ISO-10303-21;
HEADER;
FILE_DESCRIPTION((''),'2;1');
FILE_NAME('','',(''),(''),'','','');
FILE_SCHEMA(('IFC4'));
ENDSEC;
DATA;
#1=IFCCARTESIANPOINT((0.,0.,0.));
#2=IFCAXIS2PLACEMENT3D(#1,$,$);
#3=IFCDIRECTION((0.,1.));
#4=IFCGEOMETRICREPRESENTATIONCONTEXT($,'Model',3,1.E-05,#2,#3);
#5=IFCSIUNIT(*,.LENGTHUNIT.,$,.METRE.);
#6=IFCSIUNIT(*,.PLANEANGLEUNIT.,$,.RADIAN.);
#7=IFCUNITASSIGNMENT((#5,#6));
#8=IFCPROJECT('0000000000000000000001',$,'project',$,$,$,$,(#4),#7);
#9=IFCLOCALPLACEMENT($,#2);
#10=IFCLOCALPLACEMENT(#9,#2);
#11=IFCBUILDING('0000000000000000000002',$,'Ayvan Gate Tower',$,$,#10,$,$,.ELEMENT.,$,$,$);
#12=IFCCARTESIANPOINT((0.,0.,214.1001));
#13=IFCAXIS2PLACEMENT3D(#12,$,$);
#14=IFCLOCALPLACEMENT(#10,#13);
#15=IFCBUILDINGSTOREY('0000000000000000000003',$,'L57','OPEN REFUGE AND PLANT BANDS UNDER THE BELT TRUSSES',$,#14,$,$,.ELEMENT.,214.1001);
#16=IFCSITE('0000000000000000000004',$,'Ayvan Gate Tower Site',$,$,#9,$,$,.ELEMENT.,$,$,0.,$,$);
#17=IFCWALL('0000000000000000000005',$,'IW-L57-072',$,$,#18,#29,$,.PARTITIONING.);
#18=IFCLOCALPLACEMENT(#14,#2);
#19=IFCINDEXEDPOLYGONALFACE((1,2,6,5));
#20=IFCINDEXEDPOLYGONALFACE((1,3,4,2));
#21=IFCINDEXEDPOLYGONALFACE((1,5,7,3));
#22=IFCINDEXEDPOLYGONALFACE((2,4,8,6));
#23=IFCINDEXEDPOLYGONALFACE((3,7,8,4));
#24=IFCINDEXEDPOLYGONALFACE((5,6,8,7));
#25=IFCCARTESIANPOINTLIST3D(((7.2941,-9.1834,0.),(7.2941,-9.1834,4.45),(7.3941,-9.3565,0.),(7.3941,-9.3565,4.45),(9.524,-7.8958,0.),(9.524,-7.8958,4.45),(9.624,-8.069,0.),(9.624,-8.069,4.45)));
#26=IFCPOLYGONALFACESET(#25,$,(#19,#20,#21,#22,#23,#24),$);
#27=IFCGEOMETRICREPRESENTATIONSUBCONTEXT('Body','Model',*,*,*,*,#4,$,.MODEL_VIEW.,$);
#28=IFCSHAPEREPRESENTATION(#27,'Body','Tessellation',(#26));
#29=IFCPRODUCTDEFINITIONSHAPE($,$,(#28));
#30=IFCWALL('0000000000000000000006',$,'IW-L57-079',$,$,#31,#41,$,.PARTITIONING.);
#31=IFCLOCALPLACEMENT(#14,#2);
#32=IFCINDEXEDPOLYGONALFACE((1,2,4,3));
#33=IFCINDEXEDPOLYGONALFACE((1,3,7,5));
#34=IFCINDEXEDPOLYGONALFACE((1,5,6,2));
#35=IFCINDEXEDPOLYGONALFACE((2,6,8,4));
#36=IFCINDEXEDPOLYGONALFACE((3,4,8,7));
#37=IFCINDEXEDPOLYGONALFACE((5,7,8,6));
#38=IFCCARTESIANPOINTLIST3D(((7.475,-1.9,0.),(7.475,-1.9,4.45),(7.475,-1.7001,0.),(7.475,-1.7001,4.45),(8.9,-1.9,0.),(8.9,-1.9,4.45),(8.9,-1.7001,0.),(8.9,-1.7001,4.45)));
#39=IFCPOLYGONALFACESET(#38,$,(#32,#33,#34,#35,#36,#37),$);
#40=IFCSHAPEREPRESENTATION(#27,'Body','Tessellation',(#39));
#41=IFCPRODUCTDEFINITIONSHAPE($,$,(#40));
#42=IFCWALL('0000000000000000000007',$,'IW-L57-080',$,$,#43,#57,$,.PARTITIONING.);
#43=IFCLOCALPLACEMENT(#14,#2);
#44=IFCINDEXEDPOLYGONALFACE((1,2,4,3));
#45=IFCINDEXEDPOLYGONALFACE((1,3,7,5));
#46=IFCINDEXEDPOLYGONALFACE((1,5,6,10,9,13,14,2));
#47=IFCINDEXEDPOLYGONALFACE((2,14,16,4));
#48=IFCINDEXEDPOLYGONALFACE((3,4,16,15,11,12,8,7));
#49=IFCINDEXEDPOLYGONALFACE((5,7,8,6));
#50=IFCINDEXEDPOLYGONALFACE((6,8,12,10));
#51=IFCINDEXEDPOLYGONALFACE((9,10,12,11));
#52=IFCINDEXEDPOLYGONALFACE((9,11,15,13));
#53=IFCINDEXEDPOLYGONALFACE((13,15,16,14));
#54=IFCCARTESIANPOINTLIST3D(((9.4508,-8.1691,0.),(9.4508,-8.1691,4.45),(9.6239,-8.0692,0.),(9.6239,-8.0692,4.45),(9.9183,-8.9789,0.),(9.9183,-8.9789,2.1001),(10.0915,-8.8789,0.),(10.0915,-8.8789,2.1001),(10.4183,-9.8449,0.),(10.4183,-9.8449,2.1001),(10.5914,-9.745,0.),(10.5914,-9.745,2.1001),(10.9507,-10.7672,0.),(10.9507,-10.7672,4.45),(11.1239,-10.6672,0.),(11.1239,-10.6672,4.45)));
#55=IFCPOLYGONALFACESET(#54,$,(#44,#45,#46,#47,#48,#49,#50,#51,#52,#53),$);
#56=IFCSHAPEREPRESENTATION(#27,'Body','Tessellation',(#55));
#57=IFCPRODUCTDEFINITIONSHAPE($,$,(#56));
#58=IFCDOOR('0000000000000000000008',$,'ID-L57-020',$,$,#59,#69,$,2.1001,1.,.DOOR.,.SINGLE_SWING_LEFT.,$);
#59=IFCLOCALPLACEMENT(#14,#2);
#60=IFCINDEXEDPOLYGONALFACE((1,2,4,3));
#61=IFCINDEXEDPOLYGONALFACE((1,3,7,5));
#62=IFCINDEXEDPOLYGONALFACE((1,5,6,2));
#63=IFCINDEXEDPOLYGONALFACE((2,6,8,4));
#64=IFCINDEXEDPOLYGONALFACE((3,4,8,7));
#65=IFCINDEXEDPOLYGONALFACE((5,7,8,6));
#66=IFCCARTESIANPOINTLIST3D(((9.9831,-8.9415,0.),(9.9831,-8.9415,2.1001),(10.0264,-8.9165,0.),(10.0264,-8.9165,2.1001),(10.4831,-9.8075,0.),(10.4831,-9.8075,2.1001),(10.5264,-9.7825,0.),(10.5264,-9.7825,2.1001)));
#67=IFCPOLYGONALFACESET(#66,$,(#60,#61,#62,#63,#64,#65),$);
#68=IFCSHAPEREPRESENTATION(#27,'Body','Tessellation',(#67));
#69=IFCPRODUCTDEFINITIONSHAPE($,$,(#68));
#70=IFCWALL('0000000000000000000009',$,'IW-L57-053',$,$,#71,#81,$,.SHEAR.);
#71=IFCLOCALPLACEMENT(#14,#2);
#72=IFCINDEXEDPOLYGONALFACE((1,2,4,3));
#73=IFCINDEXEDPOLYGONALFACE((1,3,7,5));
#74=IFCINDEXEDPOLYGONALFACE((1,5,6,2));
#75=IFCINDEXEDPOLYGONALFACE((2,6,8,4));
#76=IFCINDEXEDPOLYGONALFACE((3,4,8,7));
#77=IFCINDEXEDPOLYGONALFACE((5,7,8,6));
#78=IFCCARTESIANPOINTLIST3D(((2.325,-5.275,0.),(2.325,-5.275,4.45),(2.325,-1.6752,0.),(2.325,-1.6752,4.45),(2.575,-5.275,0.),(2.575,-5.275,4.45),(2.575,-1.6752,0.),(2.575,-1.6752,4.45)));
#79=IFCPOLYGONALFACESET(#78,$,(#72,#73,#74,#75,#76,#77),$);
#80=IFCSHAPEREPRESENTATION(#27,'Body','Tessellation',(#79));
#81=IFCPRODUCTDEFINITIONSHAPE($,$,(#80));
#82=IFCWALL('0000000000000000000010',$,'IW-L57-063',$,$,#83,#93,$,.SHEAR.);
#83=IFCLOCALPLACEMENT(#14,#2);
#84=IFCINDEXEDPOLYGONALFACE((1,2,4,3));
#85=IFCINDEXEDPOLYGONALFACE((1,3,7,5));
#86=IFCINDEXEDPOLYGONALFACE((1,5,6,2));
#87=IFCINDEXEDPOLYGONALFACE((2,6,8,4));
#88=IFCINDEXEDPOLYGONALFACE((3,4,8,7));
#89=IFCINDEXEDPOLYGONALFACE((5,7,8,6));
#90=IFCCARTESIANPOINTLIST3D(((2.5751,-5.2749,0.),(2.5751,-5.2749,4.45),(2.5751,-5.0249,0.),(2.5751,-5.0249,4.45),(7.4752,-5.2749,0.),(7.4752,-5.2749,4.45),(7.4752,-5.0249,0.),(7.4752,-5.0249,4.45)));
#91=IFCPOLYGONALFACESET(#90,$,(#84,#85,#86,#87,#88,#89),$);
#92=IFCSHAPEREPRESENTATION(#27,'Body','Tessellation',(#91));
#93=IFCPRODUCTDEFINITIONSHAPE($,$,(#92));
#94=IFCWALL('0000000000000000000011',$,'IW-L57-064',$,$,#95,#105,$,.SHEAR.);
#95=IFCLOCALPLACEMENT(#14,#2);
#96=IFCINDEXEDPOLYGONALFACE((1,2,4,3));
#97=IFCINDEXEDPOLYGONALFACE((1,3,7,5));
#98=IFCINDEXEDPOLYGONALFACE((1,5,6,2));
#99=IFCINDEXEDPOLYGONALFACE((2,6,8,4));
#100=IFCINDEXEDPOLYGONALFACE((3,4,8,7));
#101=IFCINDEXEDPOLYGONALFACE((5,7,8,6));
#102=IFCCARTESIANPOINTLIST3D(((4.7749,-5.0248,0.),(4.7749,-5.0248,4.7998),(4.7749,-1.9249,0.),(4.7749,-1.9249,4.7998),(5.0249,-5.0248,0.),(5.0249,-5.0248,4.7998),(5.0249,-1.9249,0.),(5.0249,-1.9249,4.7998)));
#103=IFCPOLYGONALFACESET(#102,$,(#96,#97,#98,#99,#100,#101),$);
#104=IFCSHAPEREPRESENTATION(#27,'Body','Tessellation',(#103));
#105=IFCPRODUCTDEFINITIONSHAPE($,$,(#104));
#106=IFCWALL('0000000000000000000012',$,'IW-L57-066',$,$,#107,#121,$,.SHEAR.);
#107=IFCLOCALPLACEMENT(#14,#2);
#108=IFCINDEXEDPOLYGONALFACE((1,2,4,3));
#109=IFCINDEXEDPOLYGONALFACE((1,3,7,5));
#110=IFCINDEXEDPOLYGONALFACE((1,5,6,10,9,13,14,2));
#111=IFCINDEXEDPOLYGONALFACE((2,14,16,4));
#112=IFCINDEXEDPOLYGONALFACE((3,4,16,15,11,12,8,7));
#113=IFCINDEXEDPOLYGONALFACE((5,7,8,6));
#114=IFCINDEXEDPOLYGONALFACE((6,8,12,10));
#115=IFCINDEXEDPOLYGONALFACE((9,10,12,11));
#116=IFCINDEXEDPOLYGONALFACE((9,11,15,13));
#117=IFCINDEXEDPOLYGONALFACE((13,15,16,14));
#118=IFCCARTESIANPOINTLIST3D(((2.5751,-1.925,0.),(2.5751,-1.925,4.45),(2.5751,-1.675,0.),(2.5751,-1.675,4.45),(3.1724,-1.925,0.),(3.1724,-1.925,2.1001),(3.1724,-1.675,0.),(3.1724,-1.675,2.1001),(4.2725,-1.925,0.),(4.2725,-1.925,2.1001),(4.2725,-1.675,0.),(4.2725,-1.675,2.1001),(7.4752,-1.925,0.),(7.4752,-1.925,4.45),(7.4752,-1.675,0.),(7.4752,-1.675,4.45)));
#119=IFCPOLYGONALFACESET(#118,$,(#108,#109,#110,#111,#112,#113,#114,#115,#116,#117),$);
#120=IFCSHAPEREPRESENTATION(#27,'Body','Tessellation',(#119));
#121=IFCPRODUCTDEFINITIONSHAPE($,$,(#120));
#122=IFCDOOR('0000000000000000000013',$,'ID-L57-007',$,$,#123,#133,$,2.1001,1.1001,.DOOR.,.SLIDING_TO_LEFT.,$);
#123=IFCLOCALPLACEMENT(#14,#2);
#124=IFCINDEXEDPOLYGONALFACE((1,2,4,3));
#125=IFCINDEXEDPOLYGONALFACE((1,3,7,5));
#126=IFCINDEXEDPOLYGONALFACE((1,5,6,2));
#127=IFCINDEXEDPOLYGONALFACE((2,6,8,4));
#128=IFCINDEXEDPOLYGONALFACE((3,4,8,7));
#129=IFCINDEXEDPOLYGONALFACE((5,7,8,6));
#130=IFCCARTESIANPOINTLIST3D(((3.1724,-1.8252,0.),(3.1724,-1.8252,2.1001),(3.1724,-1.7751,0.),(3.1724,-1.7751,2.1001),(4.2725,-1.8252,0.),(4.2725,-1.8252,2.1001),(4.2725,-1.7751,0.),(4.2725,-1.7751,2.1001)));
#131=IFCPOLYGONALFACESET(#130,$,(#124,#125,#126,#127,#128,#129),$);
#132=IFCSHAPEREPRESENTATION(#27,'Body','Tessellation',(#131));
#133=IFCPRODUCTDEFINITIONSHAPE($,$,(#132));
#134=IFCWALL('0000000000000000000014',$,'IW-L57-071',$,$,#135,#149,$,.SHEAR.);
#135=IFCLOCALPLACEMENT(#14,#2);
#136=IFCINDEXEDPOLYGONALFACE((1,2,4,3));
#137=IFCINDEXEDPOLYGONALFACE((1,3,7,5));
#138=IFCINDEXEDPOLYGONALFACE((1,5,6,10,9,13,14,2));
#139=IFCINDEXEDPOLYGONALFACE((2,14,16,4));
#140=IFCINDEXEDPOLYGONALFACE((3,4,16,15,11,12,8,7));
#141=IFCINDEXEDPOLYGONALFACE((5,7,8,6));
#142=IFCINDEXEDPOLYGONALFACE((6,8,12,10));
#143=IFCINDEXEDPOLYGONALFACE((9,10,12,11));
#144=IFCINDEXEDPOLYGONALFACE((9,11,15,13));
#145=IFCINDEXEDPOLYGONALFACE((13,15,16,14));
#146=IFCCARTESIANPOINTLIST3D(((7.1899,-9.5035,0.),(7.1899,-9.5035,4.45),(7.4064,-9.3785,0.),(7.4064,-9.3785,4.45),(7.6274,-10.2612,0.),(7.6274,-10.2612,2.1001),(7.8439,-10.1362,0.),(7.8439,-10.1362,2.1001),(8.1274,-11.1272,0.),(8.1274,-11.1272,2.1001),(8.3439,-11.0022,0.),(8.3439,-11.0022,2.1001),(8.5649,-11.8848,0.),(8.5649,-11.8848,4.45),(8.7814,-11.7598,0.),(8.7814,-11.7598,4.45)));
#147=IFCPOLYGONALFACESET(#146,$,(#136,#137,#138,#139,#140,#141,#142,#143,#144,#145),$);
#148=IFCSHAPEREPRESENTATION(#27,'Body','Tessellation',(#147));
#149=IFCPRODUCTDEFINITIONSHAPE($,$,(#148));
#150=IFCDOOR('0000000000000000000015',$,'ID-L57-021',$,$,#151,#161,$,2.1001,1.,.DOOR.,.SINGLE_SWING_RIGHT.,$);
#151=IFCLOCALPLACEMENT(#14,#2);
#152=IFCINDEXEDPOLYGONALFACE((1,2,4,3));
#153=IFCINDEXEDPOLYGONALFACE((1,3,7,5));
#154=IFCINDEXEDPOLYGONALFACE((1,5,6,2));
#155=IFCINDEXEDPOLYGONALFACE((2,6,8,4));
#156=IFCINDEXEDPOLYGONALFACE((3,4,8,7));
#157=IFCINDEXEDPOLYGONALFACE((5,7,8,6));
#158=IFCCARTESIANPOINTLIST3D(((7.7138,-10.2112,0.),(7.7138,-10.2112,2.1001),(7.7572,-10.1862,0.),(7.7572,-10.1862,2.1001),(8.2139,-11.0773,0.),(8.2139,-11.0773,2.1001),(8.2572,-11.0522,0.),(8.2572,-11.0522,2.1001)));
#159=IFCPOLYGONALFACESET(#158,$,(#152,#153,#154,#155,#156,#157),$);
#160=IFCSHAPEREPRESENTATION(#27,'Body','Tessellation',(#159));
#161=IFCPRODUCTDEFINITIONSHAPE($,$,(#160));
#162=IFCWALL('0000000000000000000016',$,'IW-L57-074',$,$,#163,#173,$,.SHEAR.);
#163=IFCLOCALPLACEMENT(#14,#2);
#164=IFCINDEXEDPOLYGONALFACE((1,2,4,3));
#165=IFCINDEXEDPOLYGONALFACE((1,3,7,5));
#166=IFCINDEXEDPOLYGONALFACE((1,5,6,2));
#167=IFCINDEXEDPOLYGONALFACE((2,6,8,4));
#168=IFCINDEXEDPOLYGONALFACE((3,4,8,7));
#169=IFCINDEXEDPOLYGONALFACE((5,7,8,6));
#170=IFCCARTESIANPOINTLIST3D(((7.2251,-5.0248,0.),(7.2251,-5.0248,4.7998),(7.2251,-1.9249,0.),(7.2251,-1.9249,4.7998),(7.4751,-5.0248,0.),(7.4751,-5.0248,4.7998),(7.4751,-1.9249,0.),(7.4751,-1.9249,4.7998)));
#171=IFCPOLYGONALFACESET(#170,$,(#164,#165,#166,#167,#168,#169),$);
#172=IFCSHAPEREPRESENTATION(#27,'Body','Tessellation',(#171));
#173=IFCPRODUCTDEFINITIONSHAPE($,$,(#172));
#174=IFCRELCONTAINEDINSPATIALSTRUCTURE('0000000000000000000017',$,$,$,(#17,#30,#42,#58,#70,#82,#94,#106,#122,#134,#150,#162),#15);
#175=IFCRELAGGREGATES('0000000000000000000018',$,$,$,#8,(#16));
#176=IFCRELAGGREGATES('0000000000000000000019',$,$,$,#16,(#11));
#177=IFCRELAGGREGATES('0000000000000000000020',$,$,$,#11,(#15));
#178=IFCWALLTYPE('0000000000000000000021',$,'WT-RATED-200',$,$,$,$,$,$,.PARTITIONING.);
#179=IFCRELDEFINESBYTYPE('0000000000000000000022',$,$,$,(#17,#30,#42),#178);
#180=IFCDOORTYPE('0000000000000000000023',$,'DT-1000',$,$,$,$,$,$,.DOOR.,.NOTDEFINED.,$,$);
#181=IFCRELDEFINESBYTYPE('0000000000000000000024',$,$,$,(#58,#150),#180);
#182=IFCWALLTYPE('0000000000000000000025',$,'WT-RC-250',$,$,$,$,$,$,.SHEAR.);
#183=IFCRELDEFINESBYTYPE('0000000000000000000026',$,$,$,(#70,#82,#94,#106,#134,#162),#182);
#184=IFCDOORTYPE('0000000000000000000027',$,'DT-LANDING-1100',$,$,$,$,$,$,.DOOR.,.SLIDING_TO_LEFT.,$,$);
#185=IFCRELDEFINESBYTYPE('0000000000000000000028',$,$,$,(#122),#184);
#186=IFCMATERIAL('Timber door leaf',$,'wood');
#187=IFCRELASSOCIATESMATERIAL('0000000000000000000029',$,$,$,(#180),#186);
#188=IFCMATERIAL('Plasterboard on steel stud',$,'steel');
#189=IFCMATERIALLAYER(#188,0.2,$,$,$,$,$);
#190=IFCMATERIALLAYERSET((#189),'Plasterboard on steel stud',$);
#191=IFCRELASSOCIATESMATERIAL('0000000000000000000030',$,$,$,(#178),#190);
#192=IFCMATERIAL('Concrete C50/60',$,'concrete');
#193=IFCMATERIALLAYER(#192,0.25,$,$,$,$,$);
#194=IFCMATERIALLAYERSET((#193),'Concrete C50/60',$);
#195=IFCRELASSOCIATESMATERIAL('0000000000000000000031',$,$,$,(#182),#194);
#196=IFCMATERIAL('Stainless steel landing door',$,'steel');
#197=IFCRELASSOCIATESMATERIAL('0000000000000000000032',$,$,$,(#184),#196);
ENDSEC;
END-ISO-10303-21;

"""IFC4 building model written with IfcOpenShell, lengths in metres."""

from ifc_helpers import new_model, si_unit, direction, frame, frame_2d, origin, place, context, subcontext, project, spatial, rectangle, extrude, material, layer, layer_set, type_object, element, fill, save


model = new_model("IFC4")

# Units and contexts
model_context = context("Model", 3, precision=1e-05, world=origin(), true_north=direction((0.0, 1.0)))
body_context = subcontext(model_context, "Body", "Model", "MODEL_VIEW")
ifc_project = project(units=[si_unit("LENGTHUNIT", "METRE"), si_unit("PLANEANGLEUNIT", "RADIAN")], contexts=[model_context])

# Site, building, storey
site_placement = place(None, origin())
site = spatial("IfcSite", under=ifc_project, at=site_placement, Name="Ayvan Gate Tower Site", CompositionType="ELEMENT", RefElevation=0.0)
building_placement = place(site_placement, origin())
building = spatial("IfcBuilding", under=site, at=building_placement, Name="Ayvan Gate Tower", CompositionType="ELEMENT")
storey_placement = place(building_placement, frame((0.0, 0.0, 214.1001)))
storey = spatial("IfcBuildingStorey", under=building, at=storey_placement, Name="L57", Description="OPEN REFUGE AND PLANT BANDS UNDER THE BELT TRUSSES", CompositionType="ELEMENT", Elevation=214.1001)

# Shared definitions
ifc_material_1 = material(Name="Timber door leaf", Category="wood")
ifc_material_2 = material(Name="Plasterboard on steel stud", Category="steel")
door_type_1 = type_object("IfcDoorType", Name="DT-1000", OperationType="NOTDEFINED", PredefinedType="DOOR", material=ifc_material_1)

# Walls
ifc_layer_1 = layer(ifc_material_2, 0.2)
ifc_layer_set_1 = layer_set([ifc_layer_1], Name="Plasterboard on steel stud")
wall_type_1 = type_object("IfcWallType", Name="WT-RATED-200", PredefinedType="PARTITIONING", material=ifc_layer_set_1)
wall_1_placement = place(storey_placement, frame((7.344, -9.27, 0.0), z_axis=(0.0, 0.0, 1.0), x_axis=(0.866006, 0.500034, 0.0)))
element("IfcWall", 1, at=wall_1_placement, inside=storey, type_object=wall_type_1, Name="IW-L57-072", PredefinedType="PARTITIONING", context=body_context, shape_type="SweptSolid", body=[
    extrude(rectangle(XDim=2.575, YDim=0.2, at=frame_2d((1.2876, 0.0))), origin(), (0.0, 0.0, 1.0), 4.45),
])
wall_2_placement = place(storey_placement, frame((8.8999, -1.8, 0.0), z_axis=(0.0, 0.0, 1.0), x_axis=(-1.0, 0.0, 0.0)))
element("IfcWall", 2, at=wall_2_placement, inside=storey, type_object=wall_type_1, Name="IW-L57-079", PredefinedType="PARTITIONING", context=body_context, shape_type="SweptSolid", body=[
    extrude(rectangle(XDim=1.425, YDim=0.2, at=frame_2d((0.7124, 0.0))), origin(), (0.0, 0.0, 1.0), 4.45),
])

# Wall, opening, door
wall_3_placement = place(storey_placement, frame((9.5374, -8.1191, 0.0), z_axis=(0.0, 0.0, 1.0), x_axis=(0.49999, -0.866031, 0.0)))
wall_3 = element("IfcWall", 3, at=wall_3_placement, inside=storey, type_object=wall_type_1, Name="IW-L57-080", PredefinedType="PARTITIONING", context=body_context, shape_type="SweptSolid", body=[
    extrude(rectangle(XDim=3.0, YDim=0.2, at=frame_2d((1.5, 0.0))), origin(), (0.0, 0.0, 1.0), 4.45),
])
opening_1_placement = place(wall_3_placement, frame((0.9351, 0.0, 0.0)))
opening_1 = element("IfcOpeningElement", 4, at=opening_1_placement, cuts=wall_3, PredefinedType="OPENING", context=body_context, shape_type="SweptSolid", body=[
    extrude(rectangle(XDim=1.0, YDim=2.1001, at=frame_2d((0.5, 1.05))), frame((0.0, 0.1099, 0.0), z_axis=(0.0, -1.0, 0.0), x_axis=(1.0, 0.0, 0.0)), (0.0, 0.0, 1.0), 0.22),
])
door_1_placement = place(opening_1_placement, origin())
door_1 = element("IfcDoor", 5, at=door_1_placement, inside=storey, type_object=door_type_1, Name="ID-L57-020", OperationType="SINGLE_SWING_LEFT", OverallHeight=2.1001, OverallWidth=1.0, PredefinedType="DOOR", context=body_context, shape_type="SweptSolid", body=[
    extrude(rectangle(XDim=1.0, YDim=2.1001, at=frame_2d((0.5, 1.05))), frame((0.0, 0.0249, 0.0), z_axis=(0.0, -1.0, 0.0), x_axis=(1.0, 0.0, 0.0)), (0.0, 0.0, 1.0), 0.05),
])
fill(opening_1, door_1)

# Walls
ifc_material_3 = material(Name="Concrete C50/60", Category="concrete")
ifc_layer_2 = layer(ifc_material_3, 0.25)
ifc_layer_set_2 = layer_set([ifc_layer_2], Name="Concrete C50/60")
wall_type_2 = type_object("IfcWallType", Name="WT-RC-250", PredefinedType="SHEAR", material=ifc_layer_set_2)
wall_4_placement = place(storey_placement, frame((2.45, -5.2749, 0.0), z_axis=(0.0, 0.0, 1.0), x_axis=(0.0, 1.0, 0.0)))
element("IfcWall", 6, at=wall_4_placement, inside=storey, type_object=wall_type_2, Name="IW-L57-053", PredefinedType="SHEAR", context=body_context, shape_type="SweptSolid", body=[
    extrude(rectangle(XDim=3.5999, YDim=0.25, at=frame_2d((1.7998, 0.0))), origin(), (0.0, 0.0, 1.0), 4.45),
])
wall_5_placement = place(storey_placement, frame((2.575, -5.1499, 0.0), z_axis=(0.0, 0.0, 1.0), x_axis=(1.0, 0.0, 0.0)))
element("IfcWall", 7, at=wall_5_placement, inside=storey, type_object=wall_type_2, Name="IW-L57-063", PredefinedType="SHEAR", context=body_context, shape_type="SweptSolid", body=[
    extrude(rectangle(XDim=4.9001, YDim=0.25, at=frame_2d((2.4502, 0.0))), origin(), (0.0, 0.0, 1.0), 4.45),
])
wall_6_placement = place(storey_placement, frame((4.8999, -1.925, 0.0), z_axis=(0.0, 0.0, 1.0), x_axis=(0.0, -1.0, 0.0)))
element("IfcWall", 8, at=wall_6_placement, inside=storey, type_object=wall_type_2, Name="IW-L57-064", PredefinedType="SHEAR", context=body_context, shape_type="SweptSolid", body=[
    extrude(rectangle(XDim=3.0999, YDim=0.25, at=frame_2d((1.5498, 0.0))), origin(), (0.0, 0.0, 1.0), 4.7998),
])

# Walls, openings, doors
wall_7_placement = place(storey_placement, frame((2.575, -1.8, 0.0), z_axis=(0.0, 0.0, 1.0), x_axis=(1.0, 0.0, 0.0)))
wall_7 = element("IfcWall", 9, at=wall_7_placement, inside=storey, type_object=wall_type_2, Name="IW-L57-066", PredefinedType="SHEAR", context=body_context, shape_type="SweptSolid", body=[
    extrude(rectangle(XDim=4.9001, YDim=0.25, at=frame_2d((2.4502, 0.0))), origin(), (0.0, 0.0, 1.0), 4.45),
])
opening_2_placement = place(wall_7_placement, frame((0.5974, 0.0, 0.0)))
opening_2 = element("IfcOpeningElement", 10, at=opening_2_placement, cuts=wall_7, PredefinedType="OPENING", context=body_context, shape_type="SweptSolid", body=[
    extrude(rectangle(XDim=1.1001, YDim=2.1001, at=frame_2d((0.55, 1.05))), frame((0.0, 0.135, 0.0), z_axis=(0.0, -1.0, 0.0), x_axis=(1.0, 0.0, 0.0)), (0.0, 0.0, 1.0), 0.27),
])
ifc_material_4 = material(Name="Stainless steel landing door", Category="steel")
door_type_2 = type_object("IfcDoorType", Name="DT-LANDING-1100", OperationType="SLIDING_TO_LEFT", PredefinedType="DOOR", material=ifc_material_4)
door_2_placement = place(opening_2_placement, origin())
door_2 = element("IfcDoor", 11, at=door_2_placement, inside=storey, type_object=door_type_2, Name="ID-L57-007", OperationType="SLIDING_TO_LEFT", OverallHeight=2.1001, OverallWidth=1.1001, PredefinedType="DOOR", context=body_context, shape_type="SweptSolid", body=[
    extrude(rectangle(XDim=1.1001, YDim=2.1001, at=frame_2d((0.55, 1.05))), frame((0.0, 0.0249, 0.0), z_axis=(0.0, -1.0, 0.0), x_axis=(1.0, 0.0, 0.0)), (0.0, 0.0, 1.0), 0.05),
])
fill(opening_2, door_2)
wall_8_placement = place(storey_placement, frame((7.2981, -9.4409, 0.0), z_axis=(0.0, 0.0, 1.0), x_axis=(0.500035, -0.866005, 0.0)))
wall_8 = element("IfcWall", 12, at=wall_8_placement, inside=storey, type_object=wall_type_2, Name="IW-L57-071", PredefinedType="SHEAR", context=body_context, shape_type="SweptSolid", body=[
    extrude(rectangle(XDim=2.7498, YDim=0.25, at=frame_2d((1.375, 0.0))), origin(), (0.0, 0.0, 1.0), 4.45),
])
opening_3_placement = place(wall_8_placement, frame((0.875, 0.0, 0.0)))
opening_3 = element("IfcOpeningElement", 13, at=opening_3_placement, cuts=wall_8, PredefinedType="OPENING", context=body_context, shape_type="SweptSolid", body=[
    extrude(rectangle(XDim=1.0, YDim=2.1001, at=frame_2d((0.5, 1.05))), frame((0.0, 0.135, 0.0), z_axis=(0.0, -1.0, 0.0), x_axis=(1.0, 0.0, 0.0)), (0.0, 0.0, 1.0), 0.27),
])
door_3_placement = place(opening_3_placement, origin())
door_3 = element("IfcDoor", 14, at=door_3_placement, inside=storey, type_object=door_type_1, Name="ID-L57-021", OperationType="SINGLE_SWING_RIGHT", OverallHeight=2.1001, OverallWidth=1.0, PredefinedType="DOOR", context=body_context, shape_type="SweptSolid", body=[
    extrude(rectangle(XDim=1.0, YDim=2.1001, at=frame_2d((0.5, 1.05))), frame((0.0, 0.0249, 0.0), z_axis=(0.0, -1.0, 0.0), x_axis=(1.0, 0.0, 0.0)), (0.0, 0.0, 1.0), 0.05),
])
fill(opening_3, door_3)

# Wall
wall_9_placement = place(storey_placement, frame((7.3501, -1.925, 0.0), z_axis=(0.0, 0.0, 1.0), x_axis=(0.0, -1.0, 0.0)))
element("IfcWall", 15, at=wall_9_placement, inside=storey, type_object=wall_type_2, Name="IW-L57-074", PredefinedType="SHEAR", context=body_context, shape_type="SweptSolid", body=[
    extrude(rectangle(XDim=3.0999, YDim=0.25, at=frame_2d((1.5498, 0.0))), origin(), (0.0, 0.0, 1.0), 4.7998),
])

save(model, "model.ifc")
